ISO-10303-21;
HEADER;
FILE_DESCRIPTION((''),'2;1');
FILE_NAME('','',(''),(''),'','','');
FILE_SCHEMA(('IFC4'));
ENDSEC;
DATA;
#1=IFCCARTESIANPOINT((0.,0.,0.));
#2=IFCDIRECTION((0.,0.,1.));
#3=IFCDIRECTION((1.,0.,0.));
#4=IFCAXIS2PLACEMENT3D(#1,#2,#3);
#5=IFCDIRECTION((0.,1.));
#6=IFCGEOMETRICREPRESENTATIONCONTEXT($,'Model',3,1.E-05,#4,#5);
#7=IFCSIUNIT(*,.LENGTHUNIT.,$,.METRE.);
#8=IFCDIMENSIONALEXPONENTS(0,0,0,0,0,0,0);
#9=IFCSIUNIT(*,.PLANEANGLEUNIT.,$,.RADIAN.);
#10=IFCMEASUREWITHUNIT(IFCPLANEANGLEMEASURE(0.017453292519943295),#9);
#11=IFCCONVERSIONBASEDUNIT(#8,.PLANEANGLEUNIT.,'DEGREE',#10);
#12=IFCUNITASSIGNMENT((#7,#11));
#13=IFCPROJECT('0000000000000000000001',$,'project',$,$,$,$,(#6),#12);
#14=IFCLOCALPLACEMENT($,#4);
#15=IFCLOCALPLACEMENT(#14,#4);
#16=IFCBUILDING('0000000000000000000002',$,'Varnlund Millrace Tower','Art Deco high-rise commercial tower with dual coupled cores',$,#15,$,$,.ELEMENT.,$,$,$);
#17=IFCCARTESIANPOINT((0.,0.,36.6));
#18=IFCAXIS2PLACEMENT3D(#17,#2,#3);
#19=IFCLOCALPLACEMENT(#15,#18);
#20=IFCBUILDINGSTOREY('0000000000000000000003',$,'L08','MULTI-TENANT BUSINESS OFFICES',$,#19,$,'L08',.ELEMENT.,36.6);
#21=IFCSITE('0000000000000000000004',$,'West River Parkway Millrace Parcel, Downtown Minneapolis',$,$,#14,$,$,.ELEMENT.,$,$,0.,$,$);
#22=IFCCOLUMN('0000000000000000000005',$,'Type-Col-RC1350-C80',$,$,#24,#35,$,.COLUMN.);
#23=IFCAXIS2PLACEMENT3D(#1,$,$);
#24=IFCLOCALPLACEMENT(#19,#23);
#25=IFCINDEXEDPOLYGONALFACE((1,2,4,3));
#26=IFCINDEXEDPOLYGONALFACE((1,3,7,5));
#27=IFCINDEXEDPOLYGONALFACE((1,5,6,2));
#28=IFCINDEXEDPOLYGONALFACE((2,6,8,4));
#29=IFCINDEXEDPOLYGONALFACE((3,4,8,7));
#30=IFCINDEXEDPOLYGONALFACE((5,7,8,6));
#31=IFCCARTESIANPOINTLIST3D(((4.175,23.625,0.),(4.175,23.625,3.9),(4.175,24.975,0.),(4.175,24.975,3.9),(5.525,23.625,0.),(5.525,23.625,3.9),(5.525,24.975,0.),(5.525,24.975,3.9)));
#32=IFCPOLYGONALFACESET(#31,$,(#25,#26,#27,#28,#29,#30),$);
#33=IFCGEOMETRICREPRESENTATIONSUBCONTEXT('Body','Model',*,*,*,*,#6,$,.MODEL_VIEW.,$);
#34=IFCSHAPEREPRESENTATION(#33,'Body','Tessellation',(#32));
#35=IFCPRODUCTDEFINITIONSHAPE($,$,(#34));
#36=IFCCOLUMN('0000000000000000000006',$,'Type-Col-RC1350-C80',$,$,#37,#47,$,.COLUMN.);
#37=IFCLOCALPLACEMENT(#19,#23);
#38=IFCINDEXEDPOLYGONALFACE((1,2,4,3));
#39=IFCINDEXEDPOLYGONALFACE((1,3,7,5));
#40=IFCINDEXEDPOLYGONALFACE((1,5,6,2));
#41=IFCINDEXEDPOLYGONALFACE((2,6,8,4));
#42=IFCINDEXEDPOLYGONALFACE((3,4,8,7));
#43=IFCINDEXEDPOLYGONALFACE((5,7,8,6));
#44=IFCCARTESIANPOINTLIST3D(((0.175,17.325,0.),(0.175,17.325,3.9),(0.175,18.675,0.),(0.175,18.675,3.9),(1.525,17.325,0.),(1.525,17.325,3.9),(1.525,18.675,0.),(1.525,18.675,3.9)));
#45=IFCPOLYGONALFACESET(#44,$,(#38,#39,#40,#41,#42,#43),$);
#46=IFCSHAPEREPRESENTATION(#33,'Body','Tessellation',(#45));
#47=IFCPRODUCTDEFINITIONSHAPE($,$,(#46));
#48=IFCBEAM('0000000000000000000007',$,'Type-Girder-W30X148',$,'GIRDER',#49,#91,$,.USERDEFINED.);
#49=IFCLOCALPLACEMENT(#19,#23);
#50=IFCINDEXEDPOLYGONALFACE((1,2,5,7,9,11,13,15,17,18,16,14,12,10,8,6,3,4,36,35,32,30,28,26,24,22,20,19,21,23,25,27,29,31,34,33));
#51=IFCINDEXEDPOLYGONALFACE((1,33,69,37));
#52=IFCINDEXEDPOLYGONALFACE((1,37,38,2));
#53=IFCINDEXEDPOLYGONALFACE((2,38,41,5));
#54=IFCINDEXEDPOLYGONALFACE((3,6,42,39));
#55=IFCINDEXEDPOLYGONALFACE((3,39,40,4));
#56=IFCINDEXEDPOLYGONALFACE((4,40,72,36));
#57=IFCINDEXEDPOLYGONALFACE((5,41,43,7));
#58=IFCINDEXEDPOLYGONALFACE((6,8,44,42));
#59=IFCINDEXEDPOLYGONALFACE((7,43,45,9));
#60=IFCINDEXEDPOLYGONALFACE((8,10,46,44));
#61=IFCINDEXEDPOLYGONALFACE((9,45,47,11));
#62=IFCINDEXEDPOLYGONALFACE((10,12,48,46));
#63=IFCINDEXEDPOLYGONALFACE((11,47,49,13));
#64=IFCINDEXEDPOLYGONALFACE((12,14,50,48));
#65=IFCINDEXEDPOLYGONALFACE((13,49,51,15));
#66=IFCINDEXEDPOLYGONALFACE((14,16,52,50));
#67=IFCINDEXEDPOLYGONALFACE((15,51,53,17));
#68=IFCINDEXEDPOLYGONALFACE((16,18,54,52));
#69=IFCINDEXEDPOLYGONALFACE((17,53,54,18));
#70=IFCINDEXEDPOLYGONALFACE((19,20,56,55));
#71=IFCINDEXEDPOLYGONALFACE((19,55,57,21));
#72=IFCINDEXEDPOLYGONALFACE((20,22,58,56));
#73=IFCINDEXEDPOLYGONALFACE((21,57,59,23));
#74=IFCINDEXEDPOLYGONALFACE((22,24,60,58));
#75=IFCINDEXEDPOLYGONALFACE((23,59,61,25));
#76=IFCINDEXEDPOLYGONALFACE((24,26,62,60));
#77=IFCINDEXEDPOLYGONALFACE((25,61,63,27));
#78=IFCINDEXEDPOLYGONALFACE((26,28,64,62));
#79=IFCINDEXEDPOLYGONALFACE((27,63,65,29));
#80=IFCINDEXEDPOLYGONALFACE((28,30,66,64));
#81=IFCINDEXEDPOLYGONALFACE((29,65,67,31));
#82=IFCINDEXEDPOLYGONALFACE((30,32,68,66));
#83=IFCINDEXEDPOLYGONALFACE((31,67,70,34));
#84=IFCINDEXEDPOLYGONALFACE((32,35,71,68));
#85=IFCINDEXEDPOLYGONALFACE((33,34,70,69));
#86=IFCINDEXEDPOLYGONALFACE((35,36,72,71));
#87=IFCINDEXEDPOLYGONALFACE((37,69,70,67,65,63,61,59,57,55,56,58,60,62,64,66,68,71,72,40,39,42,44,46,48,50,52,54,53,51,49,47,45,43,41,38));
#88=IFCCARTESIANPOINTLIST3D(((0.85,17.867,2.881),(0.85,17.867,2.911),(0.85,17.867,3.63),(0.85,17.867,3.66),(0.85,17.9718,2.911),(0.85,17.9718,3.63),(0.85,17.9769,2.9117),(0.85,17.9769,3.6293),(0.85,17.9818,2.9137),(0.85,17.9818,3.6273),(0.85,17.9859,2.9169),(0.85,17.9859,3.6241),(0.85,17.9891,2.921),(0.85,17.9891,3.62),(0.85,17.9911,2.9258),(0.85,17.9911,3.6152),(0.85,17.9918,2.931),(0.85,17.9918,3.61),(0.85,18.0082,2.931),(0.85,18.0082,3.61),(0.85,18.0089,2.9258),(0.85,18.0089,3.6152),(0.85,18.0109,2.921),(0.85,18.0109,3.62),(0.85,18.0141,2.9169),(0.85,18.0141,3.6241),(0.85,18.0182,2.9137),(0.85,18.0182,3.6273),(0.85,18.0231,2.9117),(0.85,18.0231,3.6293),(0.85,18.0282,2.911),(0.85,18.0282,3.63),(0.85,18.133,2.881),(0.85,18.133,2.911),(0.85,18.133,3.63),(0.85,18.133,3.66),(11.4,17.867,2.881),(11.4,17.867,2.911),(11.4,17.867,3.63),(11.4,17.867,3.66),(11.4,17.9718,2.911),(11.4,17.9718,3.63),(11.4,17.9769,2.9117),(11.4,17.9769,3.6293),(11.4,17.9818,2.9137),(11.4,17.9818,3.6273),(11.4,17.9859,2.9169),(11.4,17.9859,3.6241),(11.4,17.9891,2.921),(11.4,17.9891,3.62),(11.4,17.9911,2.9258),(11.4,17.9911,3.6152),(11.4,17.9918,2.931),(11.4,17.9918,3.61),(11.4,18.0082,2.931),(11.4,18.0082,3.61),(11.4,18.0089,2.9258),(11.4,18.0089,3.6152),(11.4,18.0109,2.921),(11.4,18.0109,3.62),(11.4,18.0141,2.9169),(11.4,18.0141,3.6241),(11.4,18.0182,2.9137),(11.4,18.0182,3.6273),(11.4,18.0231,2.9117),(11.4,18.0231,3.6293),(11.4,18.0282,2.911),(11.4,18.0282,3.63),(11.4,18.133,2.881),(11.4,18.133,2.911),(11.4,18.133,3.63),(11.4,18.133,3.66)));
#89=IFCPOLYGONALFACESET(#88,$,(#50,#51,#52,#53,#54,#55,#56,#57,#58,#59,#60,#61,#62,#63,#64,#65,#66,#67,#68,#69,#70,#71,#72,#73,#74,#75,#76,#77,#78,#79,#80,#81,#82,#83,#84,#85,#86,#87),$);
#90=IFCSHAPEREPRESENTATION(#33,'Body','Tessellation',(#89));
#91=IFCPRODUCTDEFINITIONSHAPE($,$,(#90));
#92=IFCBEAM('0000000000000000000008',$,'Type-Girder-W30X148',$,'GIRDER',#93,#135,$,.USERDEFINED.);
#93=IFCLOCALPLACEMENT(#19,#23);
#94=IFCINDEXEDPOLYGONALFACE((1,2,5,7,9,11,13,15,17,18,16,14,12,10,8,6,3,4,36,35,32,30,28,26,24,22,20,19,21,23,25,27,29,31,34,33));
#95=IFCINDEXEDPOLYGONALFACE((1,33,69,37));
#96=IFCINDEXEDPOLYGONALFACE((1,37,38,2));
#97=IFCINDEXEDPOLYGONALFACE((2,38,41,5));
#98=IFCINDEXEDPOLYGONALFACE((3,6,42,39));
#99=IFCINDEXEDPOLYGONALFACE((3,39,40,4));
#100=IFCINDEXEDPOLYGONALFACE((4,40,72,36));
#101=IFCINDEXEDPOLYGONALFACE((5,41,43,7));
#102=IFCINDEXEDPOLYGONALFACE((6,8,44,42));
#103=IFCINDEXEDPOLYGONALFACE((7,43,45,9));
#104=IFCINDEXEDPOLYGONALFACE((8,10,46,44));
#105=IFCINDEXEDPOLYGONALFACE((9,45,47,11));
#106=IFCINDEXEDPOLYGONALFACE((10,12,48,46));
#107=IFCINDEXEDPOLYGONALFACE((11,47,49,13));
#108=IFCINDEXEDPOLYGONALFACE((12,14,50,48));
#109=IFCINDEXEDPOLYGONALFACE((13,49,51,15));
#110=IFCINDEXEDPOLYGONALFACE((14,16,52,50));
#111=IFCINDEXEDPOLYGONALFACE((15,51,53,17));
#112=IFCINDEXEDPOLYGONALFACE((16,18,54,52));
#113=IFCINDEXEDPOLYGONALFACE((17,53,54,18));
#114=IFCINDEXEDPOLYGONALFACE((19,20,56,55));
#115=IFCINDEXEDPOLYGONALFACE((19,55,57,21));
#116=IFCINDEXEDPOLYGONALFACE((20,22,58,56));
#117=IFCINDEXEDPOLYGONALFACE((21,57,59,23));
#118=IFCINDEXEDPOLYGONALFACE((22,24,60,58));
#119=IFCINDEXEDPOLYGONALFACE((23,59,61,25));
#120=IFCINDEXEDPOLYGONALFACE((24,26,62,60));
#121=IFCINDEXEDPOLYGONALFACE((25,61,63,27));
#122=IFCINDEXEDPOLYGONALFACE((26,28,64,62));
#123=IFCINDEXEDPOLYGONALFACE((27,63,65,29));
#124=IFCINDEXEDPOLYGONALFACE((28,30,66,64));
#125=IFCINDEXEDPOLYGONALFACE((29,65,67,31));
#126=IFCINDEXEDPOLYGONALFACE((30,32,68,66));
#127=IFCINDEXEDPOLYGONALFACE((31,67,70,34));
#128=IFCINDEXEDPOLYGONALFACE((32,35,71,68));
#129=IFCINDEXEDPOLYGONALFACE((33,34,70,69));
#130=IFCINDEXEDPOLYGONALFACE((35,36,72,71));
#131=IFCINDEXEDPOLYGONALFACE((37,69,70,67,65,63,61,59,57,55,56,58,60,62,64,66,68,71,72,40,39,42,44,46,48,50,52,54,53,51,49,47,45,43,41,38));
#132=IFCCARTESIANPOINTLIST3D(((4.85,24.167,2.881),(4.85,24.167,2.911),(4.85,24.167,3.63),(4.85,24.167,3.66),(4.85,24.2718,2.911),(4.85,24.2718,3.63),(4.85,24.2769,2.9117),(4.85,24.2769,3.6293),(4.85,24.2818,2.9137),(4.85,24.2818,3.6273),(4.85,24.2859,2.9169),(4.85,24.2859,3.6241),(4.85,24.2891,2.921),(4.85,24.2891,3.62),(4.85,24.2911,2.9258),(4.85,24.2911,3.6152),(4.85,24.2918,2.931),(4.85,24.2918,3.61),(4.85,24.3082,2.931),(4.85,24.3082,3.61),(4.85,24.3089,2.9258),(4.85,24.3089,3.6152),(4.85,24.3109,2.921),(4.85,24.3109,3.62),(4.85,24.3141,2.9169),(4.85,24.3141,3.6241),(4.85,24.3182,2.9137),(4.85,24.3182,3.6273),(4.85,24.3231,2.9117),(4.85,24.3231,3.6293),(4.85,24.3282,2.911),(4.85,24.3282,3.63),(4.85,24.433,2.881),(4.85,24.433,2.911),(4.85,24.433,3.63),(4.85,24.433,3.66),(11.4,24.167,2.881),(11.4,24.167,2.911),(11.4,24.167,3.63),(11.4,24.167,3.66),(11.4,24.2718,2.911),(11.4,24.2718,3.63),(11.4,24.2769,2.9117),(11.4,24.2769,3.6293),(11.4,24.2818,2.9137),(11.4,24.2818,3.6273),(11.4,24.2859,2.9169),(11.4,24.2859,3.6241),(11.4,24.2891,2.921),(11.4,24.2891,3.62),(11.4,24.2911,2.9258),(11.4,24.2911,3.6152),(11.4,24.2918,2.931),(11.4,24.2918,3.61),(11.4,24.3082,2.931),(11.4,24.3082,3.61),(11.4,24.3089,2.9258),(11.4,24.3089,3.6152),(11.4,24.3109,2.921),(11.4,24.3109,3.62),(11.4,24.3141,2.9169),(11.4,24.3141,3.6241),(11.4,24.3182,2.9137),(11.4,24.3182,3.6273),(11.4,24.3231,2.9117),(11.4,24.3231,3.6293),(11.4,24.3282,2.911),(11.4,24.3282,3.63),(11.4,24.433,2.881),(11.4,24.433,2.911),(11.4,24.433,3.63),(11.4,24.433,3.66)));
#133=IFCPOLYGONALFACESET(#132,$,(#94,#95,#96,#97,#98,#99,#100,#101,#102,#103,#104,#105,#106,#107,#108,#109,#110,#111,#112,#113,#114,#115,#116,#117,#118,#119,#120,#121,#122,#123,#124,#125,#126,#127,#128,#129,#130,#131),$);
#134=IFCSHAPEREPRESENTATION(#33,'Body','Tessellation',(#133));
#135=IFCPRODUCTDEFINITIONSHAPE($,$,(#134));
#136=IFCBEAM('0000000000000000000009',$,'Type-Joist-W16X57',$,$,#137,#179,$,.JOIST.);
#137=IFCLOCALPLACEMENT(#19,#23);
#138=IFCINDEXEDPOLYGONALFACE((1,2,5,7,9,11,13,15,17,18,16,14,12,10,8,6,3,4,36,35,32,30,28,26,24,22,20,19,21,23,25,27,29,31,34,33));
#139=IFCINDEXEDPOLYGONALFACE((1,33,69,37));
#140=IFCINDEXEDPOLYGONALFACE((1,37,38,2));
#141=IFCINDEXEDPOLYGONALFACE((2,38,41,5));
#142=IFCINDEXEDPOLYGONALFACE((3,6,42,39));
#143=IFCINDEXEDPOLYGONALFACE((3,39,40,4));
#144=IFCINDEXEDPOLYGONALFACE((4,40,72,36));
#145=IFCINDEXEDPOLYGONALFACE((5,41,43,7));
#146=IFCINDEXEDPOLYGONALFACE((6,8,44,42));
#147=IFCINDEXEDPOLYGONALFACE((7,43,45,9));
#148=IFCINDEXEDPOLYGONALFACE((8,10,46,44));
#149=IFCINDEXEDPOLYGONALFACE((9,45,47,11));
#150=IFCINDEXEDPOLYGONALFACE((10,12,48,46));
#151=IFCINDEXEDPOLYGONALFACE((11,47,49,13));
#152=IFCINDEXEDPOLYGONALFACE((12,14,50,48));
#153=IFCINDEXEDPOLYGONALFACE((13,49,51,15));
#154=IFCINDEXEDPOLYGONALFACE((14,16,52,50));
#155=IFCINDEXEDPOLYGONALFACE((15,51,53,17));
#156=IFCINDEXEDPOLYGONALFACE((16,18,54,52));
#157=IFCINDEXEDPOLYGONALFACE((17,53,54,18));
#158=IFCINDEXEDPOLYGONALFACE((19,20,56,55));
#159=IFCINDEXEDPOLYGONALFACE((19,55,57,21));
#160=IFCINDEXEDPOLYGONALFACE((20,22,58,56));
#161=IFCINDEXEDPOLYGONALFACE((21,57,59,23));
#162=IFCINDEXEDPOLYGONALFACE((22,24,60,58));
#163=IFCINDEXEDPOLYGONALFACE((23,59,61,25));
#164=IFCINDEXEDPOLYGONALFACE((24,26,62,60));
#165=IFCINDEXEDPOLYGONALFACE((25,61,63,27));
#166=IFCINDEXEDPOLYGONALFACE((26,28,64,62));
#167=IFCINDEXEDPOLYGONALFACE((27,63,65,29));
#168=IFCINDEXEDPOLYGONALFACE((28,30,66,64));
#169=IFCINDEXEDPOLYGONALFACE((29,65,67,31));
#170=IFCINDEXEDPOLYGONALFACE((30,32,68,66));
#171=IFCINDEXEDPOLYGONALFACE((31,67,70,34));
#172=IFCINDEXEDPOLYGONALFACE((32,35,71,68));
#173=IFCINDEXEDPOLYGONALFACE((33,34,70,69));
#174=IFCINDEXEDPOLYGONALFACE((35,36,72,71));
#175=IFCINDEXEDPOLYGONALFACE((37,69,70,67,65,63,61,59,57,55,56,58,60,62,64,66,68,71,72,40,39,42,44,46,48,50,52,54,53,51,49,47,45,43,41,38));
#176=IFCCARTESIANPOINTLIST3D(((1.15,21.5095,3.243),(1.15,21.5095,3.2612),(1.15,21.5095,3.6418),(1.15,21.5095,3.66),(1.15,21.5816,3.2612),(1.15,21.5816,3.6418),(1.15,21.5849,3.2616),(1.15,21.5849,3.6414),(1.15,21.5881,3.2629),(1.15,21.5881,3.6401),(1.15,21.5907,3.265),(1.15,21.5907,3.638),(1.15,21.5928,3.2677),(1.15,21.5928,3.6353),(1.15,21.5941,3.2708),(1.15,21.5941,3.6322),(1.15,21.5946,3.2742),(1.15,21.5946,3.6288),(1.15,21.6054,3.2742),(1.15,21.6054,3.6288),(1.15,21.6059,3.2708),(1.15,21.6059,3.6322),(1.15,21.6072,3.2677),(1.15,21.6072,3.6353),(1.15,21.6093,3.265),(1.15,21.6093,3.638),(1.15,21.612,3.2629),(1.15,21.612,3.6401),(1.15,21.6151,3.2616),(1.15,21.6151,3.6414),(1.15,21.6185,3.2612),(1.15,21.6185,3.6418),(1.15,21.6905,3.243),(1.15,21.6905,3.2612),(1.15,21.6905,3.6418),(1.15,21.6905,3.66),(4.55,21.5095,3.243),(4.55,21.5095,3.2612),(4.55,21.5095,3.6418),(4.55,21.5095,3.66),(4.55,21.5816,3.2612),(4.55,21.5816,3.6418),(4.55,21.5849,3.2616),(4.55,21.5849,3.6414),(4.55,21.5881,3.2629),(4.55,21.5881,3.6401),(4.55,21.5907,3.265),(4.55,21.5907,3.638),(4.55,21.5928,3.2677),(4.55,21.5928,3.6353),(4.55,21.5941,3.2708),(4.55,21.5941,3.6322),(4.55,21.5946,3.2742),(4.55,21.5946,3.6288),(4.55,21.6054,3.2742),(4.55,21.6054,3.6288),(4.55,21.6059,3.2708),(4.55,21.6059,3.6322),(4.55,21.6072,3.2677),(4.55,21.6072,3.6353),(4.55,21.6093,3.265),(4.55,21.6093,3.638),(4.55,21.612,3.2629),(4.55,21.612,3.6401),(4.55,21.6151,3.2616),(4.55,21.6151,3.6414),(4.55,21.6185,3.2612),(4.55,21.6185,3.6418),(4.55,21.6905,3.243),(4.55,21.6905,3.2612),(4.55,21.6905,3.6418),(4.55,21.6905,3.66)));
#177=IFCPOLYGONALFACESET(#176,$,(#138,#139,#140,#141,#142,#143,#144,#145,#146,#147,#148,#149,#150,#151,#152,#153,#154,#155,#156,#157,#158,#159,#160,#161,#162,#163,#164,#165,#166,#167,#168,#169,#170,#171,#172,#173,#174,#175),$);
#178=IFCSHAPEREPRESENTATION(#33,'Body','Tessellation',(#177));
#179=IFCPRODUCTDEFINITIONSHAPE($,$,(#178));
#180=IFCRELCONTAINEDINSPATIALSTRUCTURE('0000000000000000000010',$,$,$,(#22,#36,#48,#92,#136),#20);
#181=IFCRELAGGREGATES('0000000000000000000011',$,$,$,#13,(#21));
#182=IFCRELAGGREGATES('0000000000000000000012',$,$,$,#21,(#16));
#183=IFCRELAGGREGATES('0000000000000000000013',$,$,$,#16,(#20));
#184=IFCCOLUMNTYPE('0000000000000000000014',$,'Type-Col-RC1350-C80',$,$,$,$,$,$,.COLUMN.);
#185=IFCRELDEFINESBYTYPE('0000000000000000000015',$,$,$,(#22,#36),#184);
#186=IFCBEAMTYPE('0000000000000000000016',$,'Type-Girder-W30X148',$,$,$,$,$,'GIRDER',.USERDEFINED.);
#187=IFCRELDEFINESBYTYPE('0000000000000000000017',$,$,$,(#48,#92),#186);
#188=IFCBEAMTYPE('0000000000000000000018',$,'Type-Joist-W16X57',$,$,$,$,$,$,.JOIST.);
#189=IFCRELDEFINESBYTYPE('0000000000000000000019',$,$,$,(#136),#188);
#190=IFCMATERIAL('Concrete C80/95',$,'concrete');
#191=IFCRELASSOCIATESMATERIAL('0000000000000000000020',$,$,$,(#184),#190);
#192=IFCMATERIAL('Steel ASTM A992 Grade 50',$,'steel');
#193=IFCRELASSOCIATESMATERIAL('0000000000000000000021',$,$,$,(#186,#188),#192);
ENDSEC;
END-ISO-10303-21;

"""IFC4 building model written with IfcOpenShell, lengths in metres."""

from ifc_helpers import new_model, entity, si_unit, converted_unit, direction, frame, origin_with_axes, origin_2d_with_axis, place, context, subcontext, project, spatial, rectangle, i_section, extrude, material, material_profile, profile_set, type_object, element, save


model = new_model("IFC4")

# Units and contexts
model_context = context("Model", 3, precision=1e-05, world=origin_with_axes(), true_north=direction((0.0, 1.0)))
body_context = subcontext(model_context, "Body", "Model", "MODEL_VIEW")
ifc_project = project(units=[si_unit("LENGTHUNIT", "METRE"), converted_unit("PLANEANGLEUNIT", "DEGREE", entity("IfcPlaneAngleMeasure", 0.017453292519943295), si_unit("PLANEANGLEUNIT", "RADIAN"), dimensions=[0, 0, 0, 0, 0, 0, 0])], contexts=[model_context])

# Site, building, storey
site_placement = place(None, origin_with_axes())
site = spatial("IfcSite", under=ifc_project, at=site_placement, Name="West River Parkway Millrace Parcel, Downtown Minneapolis", CompositionType="ELEMENT", RefElevation=0.0)
building_placement = place(site_placement, origin_with_axes())
building = spatial("IfcBuilding", under=site, at=building_placement, Name="Varnlund Millrace Tower", Description="Art Deco high-rise commercial tower with dual coupled cores", CompositionType="ELEMENT")
storey_placement = place(building_placement, frame((0.0, 0.0, 36.6), z_axis=(0.0, 0.0, 1.0), x_axis=(1.0, 0.0, 0.0)))
storey = spatial("IfcBuildingStorey", under=building, at=storey_placement, Name="L08", Description="MULTI-TENANT BUSINESS OFFICES", LongName="L08", CompositionType="ELEMENT", Elevation=36.6)

# Columns
ifc_material_1 = material(Name="Concrete C80/95", Category="concrete")
ifc_material_profile_1 = material_profile(ifc_material_1, rectangle(XDim=1.35, YDim=1.35, at=origin_2d_with_axis()), Name="Concrete C80/95")
ifc_profile_set_1 = profile_set([ifc_material_profile_1], Name="Concrete C80/95")
column_type = type_object("IfcColumnType", Name="Type-Col-RC1350-C80", PredefinedType="COLUMN", material=ifc_profile_set_1)
for number, where, z_axis, x_axis, name in (
    (1, (4.85, 24.3, 0.0), (0.0, 0.0, 1.0), (1.0, 0.0, 0.0), "Type-Col-RC1350-C80"),
    (2, (0.85, 18.0, 0.0), (0.0, 0.0, 1.0), (1.0, 0.0, 0.0), "Type-Col-RC1350-C80"),
):
    element("IfcColumn", number, at=place(storey_placement, frame(where, z_axis=z_axis, x_axis=x_axis)), inside=storey, type_object=column_type, Name=name, PredefinedType="COLUMN", context=body_context, shape_type="SweptSolid", body=[
        extrude(rectangle(XDim=1.35, YDim=1.35, at=origin_2d_with_axis()), origin_with_axes(), (0.0, 0.0, 1.0), 3.9),
    ])

# Beams
ifc_material_2 = material(Name="Steel ASTM A992 Grade 50", Category="steel")
ifc_material_profile_2 = material_profile(ifc_material_2, i_section(OverallWidth=0.266, OverallDepth=0.779, WebThickness=0.0165, FlangeThickness=0.03, FilletRadius=0.02, at=origin_2d_with_axis()), Name="Steel ASTM A992 Grade 50")
ifc_profile_set_2 = profile_set([ifc_material_profile_2], Name="Steel ASTM A992 Grade 50")
beam_type_1 = type_object("IfcBeamType", Name="Type-Girder-W30X148", ElementType="GIRDER", PredefinedType="USERDEFINED", material=ifc_profile_set_2)
beam_1_placement = place(storey_placement, frame((0.85, 18.0, 3.2705), z_axis=(1.0, 0.0, 0.0), x_axis=(0.0, 1.0, 0.0)))
element("IfcBeam", 3, at=beam_1_placement, inside=storey, type_object=beam_type_1, Name="Type-Girder-W30X148", ObjectType="GIRDER", PredefinedType="USERDEFINED", context=body_context, shape_type="SweptSolid", body=[
    extrude(i_section(OverallWidth=0.266, OverallDepth=0.779, WebThickness=0.0165, FlangeThickness=0.03, FilletRadius=0.02, at=origin_2d_with_axis()), origin_with_axes(), (0.0, 0.0, 1.0), 10.55),
])
beam_2_placement = place(storey_placement, frame((4.85, 24.3, 3.2705), z_axis=(1.0, 0.0, 0.0), x_axis=(0.0, 1.0, 0.0)))
element("IfcBeam", 4, at=beam_2_placement, inside=storey, type_object=beam_type_1, Name="Type-Girder-W30X148", ObjectType="GIRDER", PredefinedType="USERDEFINED", context=body_context, shape_type="SweptSolid", body=[
    extrude(i_section(OverallWidth=0.266, OverallDepth=0.779, WebThickness=0.0165, FlangeThickness=0.03, FilletRadius=0.02, at=origin_2d_with_axis()), origin_with_axes(), (0.0, 0.0, 1.0), 6.55),
])
ifc_material_profile_3 = material_profile(ifc_material_2, i_section(OverallWidth=0.181, OverallDepth=0.417, WebThickness=0.0109, FlangeThickness=0.0182, FilletRadius=0.013, at=origin_2d_with_axis()), Name="Steel ASTM A992 Grade 50")
ifc_profile_set_3 = profile_set([ifc_material_profile_3], Name="Steel ASTM A992 Grade 50")
beam_type_2 = type_object("IfcBeamType", Name="Type-Joist-W16X57", PredefinedType="JOIST", material=ifc_profile_set_3)
for number, where, z_axis, x_axis, name in (
    (5, (1.15, 21.6, 3.4515), (1.0, 0.0, 0.0), (0.0, 1.0, 0.0), "Type-Joist-W16X57"),
):
    element("IfcBeam", number, at=place(storey_placement, frame(where, z_axis=z_axis, x_axis=x_axis)), inside=storey, type_object=beam_type_2, Name=name, PredefinedType="JOIST", context=body_context, shape_type="SweptSolid", body=[
        extrude(i_section(OverallWidth=0.181, OverallDepth=0.417, WebThickness=0.0109, FlangeThickness=0.0182, FilletRadius=0.013, at=origin_2d_with_axis()), origin_with_axes(), (0.0, 0.0, 1.0), 3.4),
    ])

save(model, "model.ifc")
